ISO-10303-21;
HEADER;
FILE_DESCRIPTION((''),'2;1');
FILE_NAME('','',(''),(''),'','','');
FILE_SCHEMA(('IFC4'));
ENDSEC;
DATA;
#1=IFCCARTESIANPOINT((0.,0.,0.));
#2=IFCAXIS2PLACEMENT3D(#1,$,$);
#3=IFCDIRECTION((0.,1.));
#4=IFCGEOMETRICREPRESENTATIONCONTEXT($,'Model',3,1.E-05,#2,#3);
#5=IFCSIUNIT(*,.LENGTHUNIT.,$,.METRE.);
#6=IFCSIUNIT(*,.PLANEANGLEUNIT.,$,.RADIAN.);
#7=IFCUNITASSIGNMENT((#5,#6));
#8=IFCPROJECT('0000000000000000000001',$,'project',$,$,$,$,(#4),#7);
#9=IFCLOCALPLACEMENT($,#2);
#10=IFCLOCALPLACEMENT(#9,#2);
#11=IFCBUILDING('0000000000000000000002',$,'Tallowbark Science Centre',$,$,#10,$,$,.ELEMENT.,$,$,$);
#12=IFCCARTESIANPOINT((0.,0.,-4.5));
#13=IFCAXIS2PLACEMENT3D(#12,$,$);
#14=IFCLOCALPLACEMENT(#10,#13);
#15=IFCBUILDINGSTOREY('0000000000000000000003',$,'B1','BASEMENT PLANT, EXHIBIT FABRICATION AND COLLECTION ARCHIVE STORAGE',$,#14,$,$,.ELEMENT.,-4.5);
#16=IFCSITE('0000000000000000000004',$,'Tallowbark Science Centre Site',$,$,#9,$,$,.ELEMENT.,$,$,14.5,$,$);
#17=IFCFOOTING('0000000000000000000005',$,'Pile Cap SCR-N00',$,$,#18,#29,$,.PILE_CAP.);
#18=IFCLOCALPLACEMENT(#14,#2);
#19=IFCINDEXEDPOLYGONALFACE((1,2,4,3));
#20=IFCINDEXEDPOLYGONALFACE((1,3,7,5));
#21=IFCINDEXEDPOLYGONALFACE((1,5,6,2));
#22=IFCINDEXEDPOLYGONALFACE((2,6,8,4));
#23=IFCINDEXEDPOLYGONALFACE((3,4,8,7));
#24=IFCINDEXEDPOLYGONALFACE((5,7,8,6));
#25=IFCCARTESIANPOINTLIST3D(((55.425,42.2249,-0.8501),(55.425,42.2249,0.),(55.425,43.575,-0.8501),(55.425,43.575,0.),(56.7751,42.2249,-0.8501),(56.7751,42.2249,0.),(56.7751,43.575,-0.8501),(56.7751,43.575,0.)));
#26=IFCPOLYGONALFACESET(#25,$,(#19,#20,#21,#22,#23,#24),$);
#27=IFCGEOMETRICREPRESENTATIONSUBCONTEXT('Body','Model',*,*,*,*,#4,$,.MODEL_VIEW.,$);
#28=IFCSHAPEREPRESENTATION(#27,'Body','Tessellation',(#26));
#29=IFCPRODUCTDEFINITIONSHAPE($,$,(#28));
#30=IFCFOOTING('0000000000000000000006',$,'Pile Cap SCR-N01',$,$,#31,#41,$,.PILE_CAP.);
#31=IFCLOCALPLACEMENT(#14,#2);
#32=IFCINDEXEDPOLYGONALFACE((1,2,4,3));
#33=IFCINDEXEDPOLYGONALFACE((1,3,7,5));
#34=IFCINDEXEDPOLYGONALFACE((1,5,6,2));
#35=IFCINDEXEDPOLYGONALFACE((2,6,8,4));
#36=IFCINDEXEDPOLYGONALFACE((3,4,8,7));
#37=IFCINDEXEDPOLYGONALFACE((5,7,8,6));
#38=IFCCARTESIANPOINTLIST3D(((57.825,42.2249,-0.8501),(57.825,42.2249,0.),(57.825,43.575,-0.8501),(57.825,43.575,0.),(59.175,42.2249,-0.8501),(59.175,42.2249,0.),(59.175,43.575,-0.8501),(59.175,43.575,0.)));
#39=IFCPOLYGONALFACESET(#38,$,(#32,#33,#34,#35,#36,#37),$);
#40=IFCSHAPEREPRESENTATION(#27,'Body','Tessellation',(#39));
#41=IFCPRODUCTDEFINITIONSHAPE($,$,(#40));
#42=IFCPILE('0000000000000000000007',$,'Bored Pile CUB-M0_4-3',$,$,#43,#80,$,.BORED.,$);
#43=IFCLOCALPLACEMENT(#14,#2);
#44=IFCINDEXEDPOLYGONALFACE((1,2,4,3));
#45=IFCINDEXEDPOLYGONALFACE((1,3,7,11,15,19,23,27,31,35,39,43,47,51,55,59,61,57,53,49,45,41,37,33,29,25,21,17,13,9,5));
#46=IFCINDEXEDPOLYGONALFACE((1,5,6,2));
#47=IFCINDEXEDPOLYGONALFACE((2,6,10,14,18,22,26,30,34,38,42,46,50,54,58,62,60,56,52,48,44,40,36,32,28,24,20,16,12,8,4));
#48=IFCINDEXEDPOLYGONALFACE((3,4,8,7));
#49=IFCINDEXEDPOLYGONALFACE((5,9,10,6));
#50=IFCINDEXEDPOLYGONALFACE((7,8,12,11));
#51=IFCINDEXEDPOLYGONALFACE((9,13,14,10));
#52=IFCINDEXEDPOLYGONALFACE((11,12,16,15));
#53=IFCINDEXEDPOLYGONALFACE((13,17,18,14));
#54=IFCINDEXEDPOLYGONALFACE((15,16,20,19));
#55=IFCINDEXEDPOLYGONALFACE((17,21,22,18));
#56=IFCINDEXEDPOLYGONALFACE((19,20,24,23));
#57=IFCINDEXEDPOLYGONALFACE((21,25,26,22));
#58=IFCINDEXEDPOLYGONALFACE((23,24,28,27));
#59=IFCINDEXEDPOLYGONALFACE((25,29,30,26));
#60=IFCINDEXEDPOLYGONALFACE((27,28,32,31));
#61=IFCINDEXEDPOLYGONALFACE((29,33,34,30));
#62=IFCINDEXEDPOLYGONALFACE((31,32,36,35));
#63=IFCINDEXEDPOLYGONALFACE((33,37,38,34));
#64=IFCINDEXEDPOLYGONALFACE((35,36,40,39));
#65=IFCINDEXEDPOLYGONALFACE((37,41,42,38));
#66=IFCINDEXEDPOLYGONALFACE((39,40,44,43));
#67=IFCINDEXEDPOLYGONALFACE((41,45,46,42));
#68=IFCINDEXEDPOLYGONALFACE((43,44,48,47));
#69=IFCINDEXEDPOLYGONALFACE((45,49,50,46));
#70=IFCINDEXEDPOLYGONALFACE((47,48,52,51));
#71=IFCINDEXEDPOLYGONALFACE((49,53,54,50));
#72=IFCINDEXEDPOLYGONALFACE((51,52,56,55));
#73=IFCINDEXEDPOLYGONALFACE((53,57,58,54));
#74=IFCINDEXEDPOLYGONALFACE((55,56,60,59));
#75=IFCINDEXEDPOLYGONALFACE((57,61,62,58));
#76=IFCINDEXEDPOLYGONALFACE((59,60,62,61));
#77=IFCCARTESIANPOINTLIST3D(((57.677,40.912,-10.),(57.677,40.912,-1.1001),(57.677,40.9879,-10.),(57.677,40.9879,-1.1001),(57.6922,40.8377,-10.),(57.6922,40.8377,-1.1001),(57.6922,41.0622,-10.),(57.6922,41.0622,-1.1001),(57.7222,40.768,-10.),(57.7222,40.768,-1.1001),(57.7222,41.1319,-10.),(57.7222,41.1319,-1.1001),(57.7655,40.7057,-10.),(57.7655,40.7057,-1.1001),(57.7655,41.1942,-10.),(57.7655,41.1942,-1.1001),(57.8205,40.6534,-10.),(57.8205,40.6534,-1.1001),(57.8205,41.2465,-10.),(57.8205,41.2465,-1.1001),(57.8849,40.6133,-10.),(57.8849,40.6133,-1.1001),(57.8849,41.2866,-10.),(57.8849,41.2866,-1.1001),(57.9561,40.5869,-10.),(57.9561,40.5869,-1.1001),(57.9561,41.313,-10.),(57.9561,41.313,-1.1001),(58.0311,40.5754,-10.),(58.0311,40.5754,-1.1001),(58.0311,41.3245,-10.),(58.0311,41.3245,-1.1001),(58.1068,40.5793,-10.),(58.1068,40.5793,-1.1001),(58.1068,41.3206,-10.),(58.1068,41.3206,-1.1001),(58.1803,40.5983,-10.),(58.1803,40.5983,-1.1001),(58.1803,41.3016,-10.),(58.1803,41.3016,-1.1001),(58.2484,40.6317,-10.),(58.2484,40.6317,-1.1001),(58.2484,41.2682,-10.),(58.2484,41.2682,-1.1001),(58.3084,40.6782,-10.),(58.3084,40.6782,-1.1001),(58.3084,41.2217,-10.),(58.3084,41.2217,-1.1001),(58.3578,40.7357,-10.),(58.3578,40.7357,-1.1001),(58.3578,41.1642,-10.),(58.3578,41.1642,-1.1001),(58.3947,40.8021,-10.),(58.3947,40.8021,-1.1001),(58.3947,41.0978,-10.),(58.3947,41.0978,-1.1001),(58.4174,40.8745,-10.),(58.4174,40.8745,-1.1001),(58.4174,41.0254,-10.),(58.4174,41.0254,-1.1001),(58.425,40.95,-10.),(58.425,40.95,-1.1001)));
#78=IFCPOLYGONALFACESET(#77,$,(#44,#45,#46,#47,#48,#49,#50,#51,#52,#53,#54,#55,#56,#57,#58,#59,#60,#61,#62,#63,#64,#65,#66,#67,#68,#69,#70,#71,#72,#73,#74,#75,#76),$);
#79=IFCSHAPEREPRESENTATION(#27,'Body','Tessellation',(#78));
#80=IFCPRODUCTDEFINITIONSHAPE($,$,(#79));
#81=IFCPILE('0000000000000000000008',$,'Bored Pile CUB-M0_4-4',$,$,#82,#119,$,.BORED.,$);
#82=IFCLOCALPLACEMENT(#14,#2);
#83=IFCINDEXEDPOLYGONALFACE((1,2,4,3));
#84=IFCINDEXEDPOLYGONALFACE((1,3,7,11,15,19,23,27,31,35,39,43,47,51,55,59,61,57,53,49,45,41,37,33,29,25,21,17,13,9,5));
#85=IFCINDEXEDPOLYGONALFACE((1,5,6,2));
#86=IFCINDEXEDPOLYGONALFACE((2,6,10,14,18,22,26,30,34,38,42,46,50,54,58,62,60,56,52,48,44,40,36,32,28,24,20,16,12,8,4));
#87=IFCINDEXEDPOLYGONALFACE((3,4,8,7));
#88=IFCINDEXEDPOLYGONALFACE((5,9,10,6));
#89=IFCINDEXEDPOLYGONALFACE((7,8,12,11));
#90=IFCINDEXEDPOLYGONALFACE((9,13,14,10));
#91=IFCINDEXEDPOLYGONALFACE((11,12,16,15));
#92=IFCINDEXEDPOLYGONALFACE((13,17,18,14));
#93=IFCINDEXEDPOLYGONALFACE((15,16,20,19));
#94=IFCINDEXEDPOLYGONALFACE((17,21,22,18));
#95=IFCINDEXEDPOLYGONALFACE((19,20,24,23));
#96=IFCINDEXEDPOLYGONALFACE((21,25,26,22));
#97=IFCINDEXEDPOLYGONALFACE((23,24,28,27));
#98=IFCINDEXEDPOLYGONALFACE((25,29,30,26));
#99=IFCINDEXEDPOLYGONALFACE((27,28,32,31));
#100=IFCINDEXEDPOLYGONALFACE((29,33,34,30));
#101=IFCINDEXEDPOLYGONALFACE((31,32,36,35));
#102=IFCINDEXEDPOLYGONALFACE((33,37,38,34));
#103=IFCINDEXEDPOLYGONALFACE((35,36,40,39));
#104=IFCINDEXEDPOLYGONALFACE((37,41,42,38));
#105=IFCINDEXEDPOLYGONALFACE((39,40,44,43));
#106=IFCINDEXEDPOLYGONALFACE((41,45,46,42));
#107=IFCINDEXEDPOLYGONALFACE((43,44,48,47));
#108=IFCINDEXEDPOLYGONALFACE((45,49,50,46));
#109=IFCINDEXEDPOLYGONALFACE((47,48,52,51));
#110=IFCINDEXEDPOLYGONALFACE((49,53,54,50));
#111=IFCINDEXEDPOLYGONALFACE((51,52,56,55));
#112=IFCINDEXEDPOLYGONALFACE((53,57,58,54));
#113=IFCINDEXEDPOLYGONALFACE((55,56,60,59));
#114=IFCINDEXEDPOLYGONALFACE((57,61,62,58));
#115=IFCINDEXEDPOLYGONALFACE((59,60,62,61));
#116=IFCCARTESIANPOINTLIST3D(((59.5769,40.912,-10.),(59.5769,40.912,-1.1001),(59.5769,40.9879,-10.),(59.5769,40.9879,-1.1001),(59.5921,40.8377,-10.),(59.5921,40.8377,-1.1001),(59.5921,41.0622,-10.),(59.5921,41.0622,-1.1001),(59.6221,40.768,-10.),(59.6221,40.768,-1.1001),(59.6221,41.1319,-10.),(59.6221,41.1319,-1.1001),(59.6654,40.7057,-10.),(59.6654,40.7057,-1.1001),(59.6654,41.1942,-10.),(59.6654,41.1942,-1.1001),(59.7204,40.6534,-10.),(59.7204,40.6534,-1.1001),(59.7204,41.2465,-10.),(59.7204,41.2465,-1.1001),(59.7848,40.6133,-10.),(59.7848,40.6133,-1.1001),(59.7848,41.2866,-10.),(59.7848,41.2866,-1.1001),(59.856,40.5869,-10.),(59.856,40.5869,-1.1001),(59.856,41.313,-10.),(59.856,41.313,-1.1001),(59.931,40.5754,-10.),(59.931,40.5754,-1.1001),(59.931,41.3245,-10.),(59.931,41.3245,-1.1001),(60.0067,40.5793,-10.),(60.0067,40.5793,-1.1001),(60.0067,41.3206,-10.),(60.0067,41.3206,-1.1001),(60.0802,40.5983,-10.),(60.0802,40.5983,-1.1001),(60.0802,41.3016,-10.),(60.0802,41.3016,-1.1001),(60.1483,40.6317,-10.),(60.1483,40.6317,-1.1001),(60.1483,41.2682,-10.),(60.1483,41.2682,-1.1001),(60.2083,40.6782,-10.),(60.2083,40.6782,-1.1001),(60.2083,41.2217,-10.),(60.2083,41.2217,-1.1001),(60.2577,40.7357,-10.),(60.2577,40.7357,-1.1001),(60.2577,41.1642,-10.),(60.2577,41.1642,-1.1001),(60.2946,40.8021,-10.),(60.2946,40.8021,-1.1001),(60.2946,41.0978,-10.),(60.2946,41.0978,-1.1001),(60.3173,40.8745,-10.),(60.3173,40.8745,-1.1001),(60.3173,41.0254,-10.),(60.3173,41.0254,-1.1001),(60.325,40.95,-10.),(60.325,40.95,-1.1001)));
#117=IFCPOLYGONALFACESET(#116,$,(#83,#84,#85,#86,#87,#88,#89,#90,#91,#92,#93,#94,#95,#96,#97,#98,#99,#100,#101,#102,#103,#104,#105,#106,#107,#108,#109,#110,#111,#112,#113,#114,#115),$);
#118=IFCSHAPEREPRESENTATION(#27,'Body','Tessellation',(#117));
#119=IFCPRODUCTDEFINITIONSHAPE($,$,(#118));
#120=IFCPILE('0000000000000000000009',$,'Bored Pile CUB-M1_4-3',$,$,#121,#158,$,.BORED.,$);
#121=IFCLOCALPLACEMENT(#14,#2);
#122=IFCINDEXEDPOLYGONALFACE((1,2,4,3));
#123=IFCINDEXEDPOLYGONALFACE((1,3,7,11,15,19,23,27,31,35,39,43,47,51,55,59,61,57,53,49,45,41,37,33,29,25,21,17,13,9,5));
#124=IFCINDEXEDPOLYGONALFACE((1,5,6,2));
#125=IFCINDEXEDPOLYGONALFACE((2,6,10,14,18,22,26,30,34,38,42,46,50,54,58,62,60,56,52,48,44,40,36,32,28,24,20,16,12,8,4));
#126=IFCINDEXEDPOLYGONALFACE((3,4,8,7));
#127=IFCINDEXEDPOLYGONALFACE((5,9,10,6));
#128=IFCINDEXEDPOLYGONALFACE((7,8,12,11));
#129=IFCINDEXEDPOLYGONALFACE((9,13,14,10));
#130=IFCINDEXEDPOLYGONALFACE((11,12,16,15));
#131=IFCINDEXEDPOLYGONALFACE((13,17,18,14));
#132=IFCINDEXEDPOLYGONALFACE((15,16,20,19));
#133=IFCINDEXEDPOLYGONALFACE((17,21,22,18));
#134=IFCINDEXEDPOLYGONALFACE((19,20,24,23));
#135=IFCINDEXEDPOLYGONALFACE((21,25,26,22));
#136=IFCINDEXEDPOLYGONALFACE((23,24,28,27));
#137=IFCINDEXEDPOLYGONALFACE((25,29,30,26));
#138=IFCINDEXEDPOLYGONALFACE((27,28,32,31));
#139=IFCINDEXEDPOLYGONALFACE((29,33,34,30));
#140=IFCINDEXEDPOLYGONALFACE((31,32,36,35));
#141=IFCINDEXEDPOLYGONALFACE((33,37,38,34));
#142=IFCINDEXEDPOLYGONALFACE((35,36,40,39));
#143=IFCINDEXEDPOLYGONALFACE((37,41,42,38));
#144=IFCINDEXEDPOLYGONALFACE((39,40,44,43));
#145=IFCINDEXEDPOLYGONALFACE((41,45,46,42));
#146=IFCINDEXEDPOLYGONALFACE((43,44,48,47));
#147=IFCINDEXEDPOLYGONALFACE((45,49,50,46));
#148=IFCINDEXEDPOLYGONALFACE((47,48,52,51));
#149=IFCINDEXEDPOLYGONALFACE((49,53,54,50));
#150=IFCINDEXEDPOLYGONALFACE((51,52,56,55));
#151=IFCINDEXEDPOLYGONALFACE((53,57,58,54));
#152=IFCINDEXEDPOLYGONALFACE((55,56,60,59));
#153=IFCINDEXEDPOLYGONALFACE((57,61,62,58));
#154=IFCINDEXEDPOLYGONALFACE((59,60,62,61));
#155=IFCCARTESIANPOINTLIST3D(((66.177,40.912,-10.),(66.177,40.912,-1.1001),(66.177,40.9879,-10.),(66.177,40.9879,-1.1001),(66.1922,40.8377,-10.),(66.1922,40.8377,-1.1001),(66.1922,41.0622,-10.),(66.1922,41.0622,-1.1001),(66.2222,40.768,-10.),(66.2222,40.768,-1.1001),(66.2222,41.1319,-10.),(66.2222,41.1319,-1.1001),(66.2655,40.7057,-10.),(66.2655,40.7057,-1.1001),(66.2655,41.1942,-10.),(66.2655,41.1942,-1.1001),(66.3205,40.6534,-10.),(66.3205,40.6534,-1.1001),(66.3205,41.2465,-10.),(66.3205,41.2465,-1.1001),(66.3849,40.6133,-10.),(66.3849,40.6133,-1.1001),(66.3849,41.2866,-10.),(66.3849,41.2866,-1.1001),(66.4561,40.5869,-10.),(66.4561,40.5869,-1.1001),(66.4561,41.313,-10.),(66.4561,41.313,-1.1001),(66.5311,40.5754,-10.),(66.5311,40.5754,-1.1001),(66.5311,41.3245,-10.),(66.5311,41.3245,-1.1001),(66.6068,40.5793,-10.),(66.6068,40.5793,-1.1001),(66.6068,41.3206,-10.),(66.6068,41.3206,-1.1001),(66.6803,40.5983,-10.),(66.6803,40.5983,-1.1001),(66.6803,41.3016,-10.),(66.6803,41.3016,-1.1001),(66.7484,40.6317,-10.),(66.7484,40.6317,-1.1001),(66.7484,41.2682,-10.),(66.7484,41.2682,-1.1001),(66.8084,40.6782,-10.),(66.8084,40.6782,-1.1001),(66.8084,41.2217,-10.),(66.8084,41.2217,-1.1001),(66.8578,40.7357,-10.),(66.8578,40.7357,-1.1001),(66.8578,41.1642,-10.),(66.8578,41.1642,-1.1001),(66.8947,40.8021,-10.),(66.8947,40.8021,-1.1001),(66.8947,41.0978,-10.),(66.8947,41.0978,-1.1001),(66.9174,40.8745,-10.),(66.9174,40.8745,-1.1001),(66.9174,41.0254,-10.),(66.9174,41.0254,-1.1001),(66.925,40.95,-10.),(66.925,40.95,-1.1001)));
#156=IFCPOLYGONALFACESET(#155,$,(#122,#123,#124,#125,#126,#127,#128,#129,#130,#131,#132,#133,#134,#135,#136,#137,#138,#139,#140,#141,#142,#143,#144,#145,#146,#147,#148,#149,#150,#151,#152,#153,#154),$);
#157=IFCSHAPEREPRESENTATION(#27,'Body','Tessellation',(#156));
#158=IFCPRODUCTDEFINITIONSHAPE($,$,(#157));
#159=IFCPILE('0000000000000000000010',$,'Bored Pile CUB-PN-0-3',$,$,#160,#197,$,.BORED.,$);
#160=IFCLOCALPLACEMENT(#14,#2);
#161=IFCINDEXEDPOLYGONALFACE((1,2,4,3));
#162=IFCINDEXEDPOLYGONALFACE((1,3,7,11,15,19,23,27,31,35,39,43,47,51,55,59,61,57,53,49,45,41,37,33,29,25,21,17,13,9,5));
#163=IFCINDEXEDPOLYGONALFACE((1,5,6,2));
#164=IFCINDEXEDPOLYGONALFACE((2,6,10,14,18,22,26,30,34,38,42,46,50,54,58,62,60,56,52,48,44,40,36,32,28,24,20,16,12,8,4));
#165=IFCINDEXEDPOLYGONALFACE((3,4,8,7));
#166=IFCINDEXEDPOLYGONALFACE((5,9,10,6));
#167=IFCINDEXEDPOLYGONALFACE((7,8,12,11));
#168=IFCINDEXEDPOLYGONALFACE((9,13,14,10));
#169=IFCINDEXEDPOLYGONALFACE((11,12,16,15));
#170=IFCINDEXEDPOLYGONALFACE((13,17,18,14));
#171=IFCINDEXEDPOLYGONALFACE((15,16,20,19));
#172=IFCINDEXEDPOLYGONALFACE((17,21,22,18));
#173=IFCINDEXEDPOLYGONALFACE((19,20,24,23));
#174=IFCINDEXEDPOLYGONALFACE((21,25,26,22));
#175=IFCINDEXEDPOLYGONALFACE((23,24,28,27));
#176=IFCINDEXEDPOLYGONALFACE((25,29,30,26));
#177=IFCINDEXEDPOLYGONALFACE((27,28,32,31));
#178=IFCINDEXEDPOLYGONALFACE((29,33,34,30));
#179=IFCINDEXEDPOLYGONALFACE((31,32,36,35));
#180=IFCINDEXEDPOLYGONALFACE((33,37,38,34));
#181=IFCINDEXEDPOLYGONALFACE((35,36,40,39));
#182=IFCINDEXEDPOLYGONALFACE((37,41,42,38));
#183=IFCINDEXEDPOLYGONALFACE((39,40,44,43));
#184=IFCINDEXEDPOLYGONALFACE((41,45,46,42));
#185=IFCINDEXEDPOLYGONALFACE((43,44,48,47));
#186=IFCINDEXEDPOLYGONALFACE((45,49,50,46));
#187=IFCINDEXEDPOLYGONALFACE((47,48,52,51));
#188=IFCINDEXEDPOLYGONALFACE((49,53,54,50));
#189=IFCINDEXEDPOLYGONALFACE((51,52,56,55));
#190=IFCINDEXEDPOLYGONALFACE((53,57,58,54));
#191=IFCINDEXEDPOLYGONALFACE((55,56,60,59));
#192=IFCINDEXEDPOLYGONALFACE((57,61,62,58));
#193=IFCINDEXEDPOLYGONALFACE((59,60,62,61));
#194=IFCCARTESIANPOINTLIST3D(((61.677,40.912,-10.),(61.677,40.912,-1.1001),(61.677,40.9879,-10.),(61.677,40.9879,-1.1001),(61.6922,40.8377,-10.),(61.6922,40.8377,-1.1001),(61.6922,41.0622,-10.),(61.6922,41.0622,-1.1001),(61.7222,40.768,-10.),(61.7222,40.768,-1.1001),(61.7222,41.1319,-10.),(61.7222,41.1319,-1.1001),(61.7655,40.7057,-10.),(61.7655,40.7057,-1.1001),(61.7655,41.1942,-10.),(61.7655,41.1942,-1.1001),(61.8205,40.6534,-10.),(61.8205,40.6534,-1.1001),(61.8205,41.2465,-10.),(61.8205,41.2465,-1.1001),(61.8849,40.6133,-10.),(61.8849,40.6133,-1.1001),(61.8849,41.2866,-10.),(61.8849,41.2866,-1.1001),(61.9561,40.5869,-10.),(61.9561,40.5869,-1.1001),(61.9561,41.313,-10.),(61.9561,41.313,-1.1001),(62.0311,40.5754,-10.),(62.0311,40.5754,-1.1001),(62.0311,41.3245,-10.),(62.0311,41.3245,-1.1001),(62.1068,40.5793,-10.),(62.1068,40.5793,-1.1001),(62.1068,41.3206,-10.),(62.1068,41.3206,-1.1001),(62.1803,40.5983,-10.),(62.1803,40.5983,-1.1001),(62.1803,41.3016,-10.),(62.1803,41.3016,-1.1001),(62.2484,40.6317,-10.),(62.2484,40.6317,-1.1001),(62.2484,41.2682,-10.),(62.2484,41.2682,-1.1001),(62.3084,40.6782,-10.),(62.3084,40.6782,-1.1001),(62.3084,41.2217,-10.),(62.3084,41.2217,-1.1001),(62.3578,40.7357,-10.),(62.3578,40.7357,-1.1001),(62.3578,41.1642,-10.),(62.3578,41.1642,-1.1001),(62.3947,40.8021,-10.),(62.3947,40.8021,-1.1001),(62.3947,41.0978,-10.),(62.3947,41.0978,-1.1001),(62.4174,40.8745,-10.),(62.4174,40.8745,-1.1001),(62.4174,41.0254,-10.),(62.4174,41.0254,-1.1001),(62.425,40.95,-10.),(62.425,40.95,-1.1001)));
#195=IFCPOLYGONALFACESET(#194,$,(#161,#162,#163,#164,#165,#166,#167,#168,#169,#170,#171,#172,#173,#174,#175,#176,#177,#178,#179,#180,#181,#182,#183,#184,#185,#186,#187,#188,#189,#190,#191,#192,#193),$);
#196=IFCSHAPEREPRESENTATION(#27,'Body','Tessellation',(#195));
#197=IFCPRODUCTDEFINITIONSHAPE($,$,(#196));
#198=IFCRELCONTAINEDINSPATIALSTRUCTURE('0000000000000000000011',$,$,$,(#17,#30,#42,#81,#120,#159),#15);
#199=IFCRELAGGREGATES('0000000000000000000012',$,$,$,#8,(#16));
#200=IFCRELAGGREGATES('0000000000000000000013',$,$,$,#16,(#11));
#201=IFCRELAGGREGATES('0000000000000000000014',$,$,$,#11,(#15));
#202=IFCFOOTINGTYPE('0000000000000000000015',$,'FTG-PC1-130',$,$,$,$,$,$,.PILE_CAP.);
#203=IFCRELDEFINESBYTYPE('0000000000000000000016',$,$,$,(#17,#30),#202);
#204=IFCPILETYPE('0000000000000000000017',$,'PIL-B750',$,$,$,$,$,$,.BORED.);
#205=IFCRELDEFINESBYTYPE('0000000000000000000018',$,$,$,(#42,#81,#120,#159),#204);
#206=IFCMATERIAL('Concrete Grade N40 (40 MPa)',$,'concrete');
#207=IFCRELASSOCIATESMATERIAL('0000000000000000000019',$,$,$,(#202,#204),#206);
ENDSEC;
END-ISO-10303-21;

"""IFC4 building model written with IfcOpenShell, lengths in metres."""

from ifc_helpers import new_model, si_unit, direction, frame, origin, origin_2d, place, context, subcontext, project, spatial, rectangle, circle, extrude, material, material_profile, profile_set, type_object, element, save


model = new_model("IFC4")

# Units and contexts
model_context = context("Model", 3, precision=1e-05, world=origin(), true_north=direction((0.0, 1.0)))
body_context = subcontext(model_context, "Body", "Model", "MODEL_VIEW")
ifc_project = project(units=[si_unit("LENGTHUNIT", "METRE"), si_unit("PLANEANGLEUNIT", "RADIAN")], contexts=[model_context])

# Site, building, storey
site_placement = place(None, origin())
site = spatial("IfcSite", under=ifc_project, at=site_placement, Name="Tallowbark Science Centre Site", CompositionType="ELEMENT", RefElevation=14.5)
building_placement = place(site_placement, origin())
building = spatial("IfcBuilding", under=site, at=building_placement, Name="Tallowbark Science Centre", CompositionType="ELEMENT")
storey_placement = place(building_placement, frame((0.0, 0.0, -4.5)))
storey = spatial("IfcBuildingStorey", under=building, at=storey_placement, Name="B1", Description="BASEMENT PLANT, EXHIBIT FABRICATION AND COLLECTION ARCHIVE STORAGE", CompositionType="ELEMENT", Elevation=-4.5)

# Footings
ifc_material_1 = material(Name="Concrete Grade N40 (40 MPa)", Category="concrete")
footing_type = type_object("IfcFootingType", Name="FTG-PC1-130", PredefinedType="PILE_CAP", material=ifc_material_1)
for number, where, z_axis, x_axis, name in (
    (1, (56.1001, 42.8999, -0.8501), (0.0, 0.0, 1.0), (1.0, 0.0, 0.0), "Pile Cap SCR-N00"),
    (2, (58.5, 42.8999, -0.8501), (0.0, 0.0, 1.0), (1.0, 0.0, 0.0), "Pile Cap SCR-N01"),
):
    element("IfcFooting", number, at=place(storey_placement, frame(where, z_axis=z_axis, x_axis=x_axis)), inside=storey, type_object=footing_type, Name=name, PredefinedType="PILE_CAP", context=body_context, shape_type="SweptSolid", body=[
        extrude(rectangle(XDim=1.3501, YDim=1.3501, at=origin_2d()), origin(), (0.0, 0.0, 1.0), 0.8501),
    ])

# Piles
ifc_material_profile_1 = material_profile(ifc_material_1, circle(Radius=0.375, at=origin_2d()), Name="PILE750")
ifc_profile_set_1 = profile_set([ifc_material_profile_1], Name="Concrete Grade N40 (40 MPa)")
pile_type = type_object("IfcPileType", Name="PIL-B750", PredefinedType="BORED", material=ifc_profile_set_1)
for number, where, z_axis, x_axis, name in (
    (3, (58.05, 40.95, -1.1001), (0.0, 0.0, -1.0), (1.0, 0.0, 0.0), "Bored Pile CUB-M0_4-3"),
    (4, (59.95, 40.95, -1.1001), (0.0, 0.0, -1.0), (1.0, 0.0, 0.0), "Bored Pile CUB-M0_4-4"),
    (5, (66.55, 40.95, -1.1001), (0.0, 0.0, -1.0), (1.0, 0.0, 0.0), "Bored Pile CUB-M1_4-3"),
    (6, (62.05, 40.95, -1.1001), (0.0, 0.0, -1.0), (1.0, 0.0, 0.0), "Bored Pile CUB-PN-0-3"),
):
    element("IfcPile", number, at=place(storey_placement, frame(where, z_axis=z_axis, x_axis=x_axis)), inside=storey, type_object=pile_type, Name=name, PredefinedType="BORED", context=body_context, shape_type="SweptSolid", body=[
        extrude(circle(Radius=0.375, at=origin_2d()), origin(), (0.0, 0.0, 1.0), 8.8999),
    ])

save(model, "model.ifc")
